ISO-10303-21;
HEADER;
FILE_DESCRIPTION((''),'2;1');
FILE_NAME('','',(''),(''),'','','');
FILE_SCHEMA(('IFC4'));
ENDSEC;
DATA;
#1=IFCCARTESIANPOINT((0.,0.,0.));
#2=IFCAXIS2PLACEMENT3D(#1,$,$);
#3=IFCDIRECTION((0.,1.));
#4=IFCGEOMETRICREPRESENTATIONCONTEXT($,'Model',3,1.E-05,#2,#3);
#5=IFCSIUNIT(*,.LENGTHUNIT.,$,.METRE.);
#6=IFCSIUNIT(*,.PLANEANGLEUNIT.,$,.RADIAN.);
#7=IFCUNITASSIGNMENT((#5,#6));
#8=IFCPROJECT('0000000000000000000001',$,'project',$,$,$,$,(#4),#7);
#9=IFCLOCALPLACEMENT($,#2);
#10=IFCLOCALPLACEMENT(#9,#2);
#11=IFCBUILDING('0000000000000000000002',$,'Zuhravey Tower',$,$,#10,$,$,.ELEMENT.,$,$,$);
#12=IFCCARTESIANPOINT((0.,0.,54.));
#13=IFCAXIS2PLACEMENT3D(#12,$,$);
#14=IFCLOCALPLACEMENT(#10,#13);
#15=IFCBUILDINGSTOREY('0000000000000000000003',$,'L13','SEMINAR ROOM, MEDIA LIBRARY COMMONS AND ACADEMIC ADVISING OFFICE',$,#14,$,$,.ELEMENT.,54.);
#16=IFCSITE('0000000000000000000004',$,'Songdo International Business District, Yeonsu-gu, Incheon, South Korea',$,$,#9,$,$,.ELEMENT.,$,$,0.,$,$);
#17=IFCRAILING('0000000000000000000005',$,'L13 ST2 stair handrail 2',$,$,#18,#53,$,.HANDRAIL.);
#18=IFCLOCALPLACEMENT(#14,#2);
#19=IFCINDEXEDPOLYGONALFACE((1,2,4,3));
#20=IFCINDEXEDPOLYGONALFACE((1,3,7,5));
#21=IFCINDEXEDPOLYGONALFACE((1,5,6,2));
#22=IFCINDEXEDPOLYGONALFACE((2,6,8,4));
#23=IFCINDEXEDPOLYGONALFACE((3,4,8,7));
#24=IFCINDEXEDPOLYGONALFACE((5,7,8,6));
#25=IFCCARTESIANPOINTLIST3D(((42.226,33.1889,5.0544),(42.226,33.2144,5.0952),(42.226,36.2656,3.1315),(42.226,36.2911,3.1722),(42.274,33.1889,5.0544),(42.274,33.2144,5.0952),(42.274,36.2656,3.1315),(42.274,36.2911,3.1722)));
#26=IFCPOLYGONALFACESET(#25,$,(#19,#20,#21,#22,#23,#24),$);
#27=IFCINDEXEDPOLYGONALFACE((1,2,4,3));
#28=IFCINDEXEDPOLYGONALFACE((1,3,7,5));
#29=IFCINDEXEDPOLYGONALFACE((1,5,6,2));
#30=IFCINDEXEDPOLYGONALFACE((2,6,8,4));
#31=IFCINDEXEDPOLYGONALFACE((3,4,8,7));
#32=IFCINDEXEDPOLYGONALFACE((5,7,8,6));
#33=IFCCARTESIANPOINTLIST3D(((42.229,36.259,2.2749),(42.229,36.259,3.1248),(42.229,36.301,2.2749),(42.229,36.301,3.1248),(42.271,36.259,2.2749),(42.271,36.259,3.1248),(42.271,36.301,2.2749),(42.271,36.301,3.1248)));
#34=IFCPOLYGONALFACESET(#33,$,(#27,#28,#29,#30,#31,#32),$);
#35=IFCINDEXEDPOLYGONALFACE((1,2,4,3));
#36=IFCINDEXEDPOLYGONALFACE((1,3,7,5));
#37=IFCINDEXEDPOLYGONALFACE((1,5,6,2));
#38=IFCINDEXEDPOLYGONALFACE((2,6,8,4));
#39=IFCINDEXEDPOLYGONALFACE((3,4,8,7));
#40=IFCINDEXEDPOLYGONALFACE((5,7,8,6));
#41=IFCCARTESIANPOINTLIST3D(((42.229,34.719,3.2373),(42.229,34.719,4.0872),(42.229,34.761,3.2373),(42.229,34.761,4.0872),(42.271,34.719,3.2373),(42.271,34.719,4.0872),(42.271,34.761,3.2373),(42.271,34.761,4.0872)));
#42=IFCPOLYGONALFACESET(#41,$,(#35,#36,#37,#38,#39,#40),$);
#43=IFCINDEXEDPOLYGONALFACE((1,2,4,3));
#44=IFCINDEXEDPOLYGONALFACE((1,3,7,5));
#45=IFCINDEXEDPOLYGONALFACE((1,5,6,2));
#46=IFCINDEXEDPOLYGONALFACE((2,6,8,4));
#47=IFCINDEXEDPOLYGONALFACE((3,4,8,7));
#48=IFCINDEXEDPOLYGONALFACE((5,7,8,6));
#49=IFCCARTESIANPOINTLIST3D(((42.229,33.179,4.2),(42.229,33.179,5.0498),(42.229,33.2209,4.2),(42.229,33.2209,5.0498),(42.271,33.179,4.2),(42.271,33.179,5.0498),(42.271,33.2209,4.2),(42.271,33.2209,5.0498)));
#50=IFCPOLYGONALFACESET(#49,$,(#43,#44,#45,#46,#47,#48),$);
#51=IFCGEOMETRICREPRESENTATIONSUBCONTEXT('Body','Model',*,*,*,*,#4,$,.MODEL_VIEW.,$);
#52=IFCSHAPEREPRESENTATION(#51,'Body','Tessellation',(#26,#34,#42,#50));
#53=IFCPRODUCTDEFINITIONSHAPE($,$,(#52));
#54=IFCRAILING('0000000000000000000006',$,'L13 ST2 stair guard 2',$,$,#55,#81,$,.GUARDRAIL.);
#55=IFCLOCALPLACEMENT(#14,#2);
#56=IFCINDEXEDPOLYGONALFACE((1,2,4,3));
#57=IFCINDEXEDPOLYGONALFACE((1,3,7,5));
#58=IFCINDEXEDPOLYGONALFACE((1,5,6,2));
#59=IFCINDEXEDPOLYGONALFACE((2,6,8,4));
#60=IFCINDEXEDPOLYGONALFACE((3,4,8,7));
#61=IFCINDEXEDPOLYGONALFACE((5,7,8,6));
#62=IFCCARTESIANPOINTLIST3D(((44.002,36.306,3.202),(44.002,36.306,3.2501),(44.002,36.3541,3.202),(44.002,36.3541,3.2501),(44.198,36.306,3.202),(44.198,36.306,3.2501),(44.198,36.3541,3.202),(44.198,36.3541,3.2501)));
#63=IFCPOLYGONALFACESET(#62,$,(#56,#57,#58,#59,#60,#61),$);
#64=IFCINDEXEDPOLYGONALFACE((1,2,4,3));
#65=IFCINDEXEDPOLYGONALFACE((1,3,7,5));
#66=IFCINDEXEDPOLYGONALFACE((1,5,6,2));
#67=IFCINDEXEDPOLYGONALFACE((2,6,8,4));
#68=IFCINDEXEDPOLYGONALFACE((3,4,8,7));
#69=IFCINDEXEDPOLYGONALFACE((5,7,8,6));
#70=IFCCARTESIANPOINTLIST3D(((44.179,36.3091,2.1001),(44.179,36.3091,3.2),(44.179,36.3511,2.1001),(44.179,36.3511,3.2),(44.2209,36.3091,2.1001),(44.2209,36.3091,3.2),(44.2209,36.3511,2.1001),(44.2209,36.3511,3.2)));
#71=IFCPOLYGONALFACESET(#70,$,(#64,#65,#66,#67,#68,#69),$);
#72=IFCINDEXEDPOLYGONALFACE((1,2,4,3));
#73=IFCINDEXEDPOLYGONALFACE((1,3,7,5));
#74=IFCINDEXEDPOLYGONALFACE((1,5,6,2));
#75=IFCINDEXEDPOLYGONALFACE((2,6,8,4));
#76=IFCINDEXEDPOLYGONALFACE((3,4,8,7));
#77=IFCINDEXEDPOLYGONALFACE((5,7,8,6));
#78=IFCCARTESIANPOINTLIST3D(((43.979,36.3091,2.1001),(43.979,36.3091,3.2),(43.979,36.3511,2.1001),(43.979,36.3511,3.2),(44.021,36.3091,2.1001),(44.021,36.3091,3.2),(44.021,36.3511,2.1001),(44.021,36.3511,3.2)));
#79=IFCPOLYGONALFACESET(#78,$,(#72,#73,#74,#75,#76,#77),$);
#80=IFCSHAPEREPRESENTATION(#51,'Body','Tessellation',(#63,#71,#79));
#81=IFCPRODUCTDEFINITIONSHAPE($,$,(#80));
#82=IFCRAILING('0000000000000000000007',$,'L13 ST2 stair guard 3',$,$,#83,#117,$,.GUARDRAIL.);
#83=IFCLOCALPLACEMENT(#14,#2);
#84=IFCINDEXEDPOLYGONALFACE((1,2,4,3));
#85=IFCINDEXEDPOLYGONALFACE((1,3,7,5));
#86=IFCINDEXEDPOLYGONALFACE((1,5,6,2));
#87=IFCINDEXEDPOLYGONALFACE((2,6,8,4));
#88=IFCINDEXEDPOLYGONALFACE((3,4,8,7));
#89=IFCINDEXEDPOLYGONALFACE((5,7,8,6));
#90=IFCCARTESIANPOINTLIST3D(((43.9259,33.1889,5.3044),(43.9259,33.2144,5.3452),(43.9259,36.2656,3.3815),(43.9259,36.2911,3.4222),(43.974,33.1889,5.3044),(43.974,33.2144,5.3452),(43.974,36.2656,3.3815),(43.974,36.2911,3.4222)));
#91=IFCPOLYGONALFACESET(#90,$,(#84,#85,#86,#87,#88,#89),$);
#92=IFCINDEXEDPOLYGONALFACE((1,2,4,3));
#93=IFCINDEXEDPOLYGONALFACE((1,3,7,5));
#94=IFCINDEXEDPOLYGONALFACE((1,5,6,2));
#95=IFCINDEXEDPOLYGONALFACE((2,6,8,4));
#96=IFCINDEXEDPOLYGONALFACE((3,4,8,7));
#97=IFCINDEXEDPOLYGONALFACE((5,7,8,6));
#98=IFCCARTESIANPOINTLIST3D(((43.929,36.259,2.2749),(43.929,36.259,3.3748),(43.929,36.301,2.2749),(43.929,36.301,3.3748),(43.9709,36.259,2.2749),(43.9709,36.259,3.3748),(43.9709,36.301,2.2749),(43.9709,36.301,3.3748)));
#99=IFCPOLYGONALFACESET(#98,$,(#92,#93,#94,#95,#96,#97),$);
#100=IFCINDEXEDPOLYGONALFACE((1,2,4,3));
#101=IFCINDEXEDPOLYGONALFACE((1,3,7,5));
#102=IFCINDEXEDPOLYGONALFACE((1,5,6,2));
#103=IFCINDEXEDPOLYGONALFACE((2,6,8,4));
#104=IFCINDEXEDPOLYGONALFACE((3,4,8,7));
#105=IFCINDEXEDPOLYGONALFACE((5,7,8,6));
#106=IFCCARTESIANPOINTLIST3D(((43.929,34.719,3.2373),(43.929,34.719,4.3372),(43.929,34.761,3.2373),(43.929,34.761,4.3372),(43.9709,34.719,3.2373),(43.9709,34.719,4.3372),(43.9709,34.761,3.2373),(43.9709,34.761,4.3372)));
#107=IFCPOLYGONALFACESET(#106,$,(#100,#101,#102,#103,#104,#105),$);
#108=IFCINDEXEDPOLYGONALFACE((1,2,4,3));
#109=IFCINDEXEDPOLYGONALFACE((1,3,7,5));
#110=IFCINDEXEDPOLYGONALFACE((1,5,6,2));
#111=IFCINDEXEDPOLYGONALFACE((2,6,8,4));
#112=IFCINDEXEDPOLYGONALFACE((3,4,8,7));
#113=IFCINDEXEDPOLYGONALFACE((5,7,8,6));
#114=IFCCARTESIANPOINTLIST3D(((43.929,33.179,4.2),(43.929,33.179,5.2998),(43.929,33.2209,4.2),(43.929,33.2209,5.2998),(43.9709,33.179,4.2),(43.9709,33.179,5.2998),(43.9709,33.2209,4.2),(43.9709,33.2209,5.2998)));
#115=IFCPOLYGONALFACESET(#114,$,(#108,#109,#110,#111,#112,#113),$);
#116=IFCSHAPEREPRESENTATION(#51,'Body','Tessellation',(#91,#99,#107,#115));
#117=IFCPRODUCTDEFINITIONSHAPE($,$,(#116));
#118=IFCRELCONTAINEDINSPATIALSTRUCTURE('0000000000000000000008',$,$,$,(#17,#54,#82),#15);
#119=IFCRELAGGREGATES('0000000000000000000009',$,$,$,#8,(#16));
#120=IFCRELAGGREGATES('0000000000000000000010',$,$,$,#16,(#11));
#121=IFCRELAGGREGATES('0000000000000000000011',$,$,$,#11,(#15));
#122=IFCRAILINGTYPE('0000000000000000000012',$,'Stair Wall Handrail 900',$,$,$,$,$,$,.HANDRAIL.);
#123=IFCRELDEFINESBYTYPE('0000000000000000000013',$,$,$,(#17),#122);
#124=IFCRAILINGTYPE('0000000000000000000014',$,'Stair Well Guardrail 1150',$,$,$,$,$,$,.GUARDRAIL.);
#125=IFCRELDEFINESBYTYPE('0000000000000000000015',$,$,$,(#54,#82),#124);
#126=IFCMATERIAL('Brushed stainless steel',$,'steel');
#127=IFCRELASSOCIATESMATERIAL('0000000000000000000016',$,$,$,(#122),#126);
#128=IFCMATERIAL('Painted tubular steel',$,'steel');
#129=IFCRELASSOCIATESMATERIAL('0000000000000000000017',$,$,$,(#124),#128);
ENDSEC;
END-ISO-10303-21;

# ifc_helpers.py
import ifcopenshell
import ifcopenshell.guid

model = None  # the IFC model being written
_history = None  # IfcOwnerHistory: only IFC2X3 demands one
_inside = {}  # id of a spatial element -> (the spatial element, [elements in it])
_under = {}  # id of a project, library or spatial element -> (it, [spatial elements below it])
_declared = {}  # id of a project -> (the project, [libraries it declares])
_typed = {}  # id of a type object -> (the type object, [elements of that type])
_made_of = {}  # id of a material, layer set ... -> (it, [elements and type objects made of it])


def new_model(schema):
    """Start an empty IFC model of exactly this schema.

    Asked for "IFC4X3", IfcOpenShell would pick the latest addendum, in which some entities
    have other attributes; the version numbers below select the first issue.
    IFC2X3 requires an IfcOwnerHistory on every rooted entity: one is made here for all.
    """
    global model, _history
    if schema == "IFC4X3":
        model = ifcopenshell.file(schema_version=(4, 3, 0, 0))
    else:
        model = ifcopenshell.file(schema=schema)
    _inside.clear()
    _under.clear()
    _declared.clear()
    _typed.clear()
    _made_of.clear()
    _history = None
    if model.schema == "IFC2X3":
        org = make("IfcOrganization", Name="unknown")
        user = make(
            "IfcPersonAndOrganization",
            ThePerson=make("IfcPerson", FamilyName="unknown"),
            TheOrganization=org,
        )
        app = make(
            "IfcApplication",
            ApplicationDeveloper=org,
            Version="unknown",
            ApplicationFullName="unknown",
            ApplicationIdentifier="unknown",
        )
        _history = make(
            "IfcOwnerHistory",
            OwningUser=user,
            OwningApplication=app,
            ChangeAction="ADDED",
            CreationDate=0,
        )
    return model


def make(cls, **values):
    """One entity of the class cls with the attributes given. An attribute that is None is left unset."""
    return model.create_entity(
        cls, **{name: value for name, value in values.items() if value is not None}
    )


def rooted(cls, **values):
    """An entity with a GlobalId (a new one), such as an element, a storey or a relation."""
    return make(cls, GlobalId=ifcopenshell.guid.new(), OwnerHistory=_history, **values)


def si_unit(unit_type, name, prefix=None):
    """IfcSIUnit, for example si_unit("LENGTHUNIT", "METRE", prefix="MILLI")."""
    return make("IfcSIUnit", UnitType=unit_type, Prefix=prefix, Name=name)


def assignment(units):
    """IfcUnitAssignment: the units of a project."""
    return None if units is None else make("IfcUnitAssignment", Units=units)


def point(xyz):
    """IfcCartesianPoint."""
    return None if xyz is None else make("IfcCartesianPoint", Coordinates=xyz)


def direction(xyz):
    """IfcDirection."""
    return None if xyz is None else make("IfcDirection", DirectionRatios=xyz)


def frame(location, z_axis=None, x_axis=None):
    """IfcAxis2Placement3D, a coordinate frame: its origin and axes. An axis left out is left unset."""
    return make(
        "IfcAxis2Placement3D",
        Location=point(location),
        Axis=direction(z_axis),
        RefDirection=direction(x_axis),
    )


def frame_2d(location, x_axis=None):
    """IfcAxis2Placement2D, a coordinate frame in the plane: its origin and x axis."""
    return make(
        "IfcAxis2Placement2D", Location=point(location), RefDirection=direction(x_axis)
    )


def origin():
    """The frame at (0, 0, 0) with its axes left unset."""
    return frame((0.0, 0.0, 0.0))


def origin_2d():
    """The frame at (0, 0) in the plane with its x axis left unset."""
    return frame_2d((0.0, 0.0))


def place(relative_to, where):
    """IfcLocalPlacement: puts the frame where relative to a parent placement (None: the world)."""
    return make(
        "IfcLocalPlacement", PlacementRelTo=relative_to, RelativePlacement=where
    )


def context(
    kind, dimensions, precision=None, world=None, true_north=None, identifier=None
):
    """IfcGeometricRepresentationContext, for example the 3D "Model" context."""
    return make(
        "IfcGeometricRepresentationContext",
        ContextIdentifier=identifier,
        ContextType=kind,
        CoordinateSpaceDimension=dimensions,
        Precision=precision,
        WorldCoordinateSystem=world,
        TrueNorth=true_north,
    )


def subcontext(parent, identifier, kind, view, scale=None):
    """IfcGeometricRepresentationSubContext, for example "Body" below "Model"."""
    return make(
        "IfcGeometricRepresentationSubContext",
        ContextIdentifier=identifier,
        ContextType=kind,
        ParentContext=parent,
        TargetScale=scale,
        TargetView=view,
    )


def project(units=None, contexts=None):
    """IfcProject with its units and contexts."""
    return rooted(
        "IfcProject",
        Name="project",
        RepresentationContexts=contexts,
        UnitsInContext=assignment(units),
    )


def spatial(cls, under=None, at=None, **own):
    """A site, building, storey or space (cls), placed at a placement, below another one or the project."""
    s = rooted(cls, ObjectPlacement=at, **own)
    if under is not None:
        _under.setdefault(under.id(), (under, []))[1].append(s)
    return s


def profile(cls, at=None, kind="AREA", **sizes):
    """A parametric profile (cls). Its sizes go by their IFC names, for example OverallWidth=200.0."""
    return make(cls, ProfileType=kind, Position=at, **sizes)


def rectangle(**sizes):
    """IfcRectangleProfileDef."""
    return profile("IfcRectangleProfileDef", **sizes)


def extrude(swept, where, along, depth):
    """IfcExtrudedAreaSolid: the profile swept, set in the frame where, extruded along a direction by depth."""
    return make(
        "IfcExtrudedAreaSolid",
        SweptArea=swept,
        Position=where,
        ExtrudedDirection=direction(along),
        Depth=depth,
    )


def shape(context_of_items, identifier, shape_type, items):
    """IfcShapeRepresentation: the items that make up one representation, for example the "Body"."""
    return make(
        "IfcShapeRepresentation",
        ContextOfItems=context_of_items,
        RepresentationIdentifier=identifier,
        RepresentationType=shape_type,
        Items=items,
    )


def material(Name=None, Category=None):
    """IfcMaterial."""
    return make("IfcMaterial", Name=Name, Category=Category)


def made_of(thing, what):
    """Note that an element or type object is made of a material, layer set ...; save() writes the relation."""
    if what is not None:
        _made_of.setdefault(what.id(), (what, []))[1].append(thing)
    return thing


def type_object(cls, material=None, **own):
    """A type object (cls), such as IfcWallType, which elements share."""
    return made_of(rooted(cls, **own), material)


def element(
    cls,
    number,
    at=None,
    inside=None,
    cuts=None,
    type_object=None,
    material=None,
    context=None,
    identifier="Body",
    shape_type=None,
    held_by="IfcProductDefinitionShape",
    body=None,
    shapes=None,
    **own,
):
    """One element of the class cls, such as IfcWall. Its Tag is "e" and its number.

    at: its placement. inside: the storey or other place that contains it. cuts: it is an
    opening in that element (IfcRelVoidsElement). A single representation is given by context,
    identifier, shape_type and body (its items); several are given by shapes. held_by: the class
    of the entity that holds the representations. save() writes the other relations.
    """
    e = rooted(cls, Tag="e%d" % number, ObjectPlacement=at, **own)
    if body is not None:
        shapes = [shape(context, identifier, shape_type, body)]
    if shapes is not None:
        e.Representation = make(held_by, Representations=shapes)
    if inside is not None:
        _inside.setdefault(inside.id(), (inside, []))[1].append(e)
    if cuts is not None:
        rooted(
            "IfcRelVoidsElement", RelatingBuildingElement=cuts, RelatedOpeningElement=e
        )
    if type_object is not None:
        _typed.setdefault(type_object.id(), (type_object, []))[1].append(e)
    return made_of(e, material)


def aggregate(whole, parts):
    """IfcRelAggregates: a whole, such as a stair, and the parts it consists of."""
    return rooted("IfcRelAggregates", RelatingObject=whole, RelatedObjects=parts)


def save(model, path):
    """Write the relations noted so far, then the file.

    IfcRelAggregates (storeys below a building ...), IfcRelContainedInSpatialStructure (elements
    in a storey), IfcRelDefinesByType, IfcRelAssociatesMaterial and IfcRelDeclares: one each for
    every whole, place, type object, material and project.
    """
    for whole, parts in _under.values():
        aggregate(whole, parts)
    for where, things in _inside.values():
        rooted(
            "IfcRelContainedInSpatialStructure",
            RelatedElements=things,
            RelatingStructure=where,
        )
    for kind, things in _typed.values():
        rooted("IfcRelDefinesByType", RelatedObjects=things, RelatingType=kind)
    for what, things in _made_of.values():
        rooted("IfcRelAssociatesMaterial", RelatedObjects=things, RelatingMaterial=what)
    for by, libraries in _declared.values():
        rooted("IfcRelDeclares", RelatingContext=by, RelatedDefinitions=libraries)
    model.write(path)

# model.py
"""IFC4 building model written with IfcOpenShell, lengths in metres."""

from ifc_helpers import new_model, si_unit, direction, frame, origin, origin_2d, place, context, subcontext, project, spatial, rectangle, extrude, material, type_object, element, save


model = new_model("IFC4")

# Units and contexts
model_context = context("Model", 3, precision=1e-05, world=origin(), true_north=direction((0.0, 1.0)))
body_context = subcontext(model_context, "Body", "Model", "MODEL_VIEW")
ifc_project = project(units=[si_unit("LENGTHUNIT", "METRE"), si_unit("PLANEANGLEUNIT", "RADIAN")], contexts=[model_context])

# Site, building, storey
site_placement = place(None, origin())
site = spatial("IfcSite", under=ifc_project, at=site_placement, Name="Songdo International Business District, Yeonsu-gu, Incheon, South Korea", CompositionType="ELEMENT", RefElevation=0.0)
building_placement = place(site_placement, origin())
building = spatial("IfcBuilding", under=site, at=building_placement, Name="Zuhravey Tower", CompositionType="ELEMENT")
storey_placement = place(building_placement, frame((0.0, 0.0, 54.0)))
storey = spatial("IfcBuildingStorey", under=building, at=storey_placement, Name="L13", Description="SEMINAR ROOM, MEDIA LIBRARY COMMONS AND ACADEMIC ADVISING OFFICE", CompositionType="ELEMENT", Elevation=54.0)

# Railings
ifc_material_1 = material(Name="Brushed stainless steel", Category="steel")
railing_type_1 = type_object("IfcRailingType", Name="Stair Wall Handrail 900", PredefinedType="HANDRAIL", material=ifc_material_1)
railing_1_placement = place(storey_placement, frame((42.25, 36.28, 2.2749)))
element("IfcRailing", 1, at=railing_1_placement, inside=storey, type_object=railing_type_1, Name="L13 ST2 stair handrail 2", PredefinedType="HANDRAIL", context=body_context, shape_type="SweptSolid", body=[
    extrude(rectangle(XDim=0.0481, YDim=0.0481, at=origin_2d()), frame((0.0, -0.0017, 0.877), z_axis=(0.0, -0.847998, 0.529999), x_axis=(1.0, 0.0, 0.0)), (0.0, 0.0, 1.0), 3.6282),
    extrude(rectangle(XDim=0.042, YDim=0.042, at=origin_2d()), origin(), (0.0, 0.0, 1.0), 0.8499),
    extrude(rectangle(XDim=0.042, YDim=0.042, at=origin_2d()), frame((0.0, -1.54, 0.9624)), (0.0, 0.0, 1.0), 0.8499),
    extrude(rectangle(XDim=0.042, YDim=0.042, at=origin_2d()), frame((0.0, -3.0801, 1.925)), (0.0, 0.0, 1.0), 0.8499),
])
ifc_material_2 = material(Name="Painted tubular steel", Category="steel")
railing_type_2 = type_object("IfcRailingType", Name="Stair Well Guardrail 1150", PredefinedType="GUARDRAIL", material=ifc_material_2)
railing_2_placement = place(storey_placement, frame((44.2, 36.3301, 2.1001)))
element("IfcRailing", 2, at=railing_2_placement, inside=storey, type_object=railing_type_2, Name="L13 ST2 stair guard 2", PredefinedType="GUARDRAIL", context=body_context, shape_type="SweptSolid", body=[
    extrude(rectangle(XDim=0.0481, YDim=0.0481, at=origin_2d()), frame((-0.002, 0.0, 1.126), z_axis=(-1.0, 0.0, 0.0), x_axis=(0.0, -1.0, 0.0)), (0.0, 0.0, 1.0), 0.196),
    extrude(rectangle(XDim=0.042, YDim=0.042, at=origin_2d()), origin(), (0.0, 0.0, 1.0), 1.0999),
    extrude(rectangle(XDim=0.042, YDim=0.042, at=origin_2d()), frame((-0.2, 0.0, 0.0)), (0.0, 0.0, 1.0), 1.0999),
])
railing_3_placement = place(storey_placement, frame((43.95, 36.28, 2.2749)))
element("IfcRailing", 3, at=railing_3_placement, inside=storey, type_object=railing_type_2, Name="L13 ST2 stair guard 3", PredefinedType="GUARDRAIL", context=body_context, shape_type="SweptSolid", body=[
    extrude(rectangle(XDim=0.0481, YDim=0.0481, at=origin_2d()), frame((0.0, -0.0017, 1.127), z_axis=(0.0, -0.847998, 0.529999), x_axis=(1.0, 0.0, 0.0)), (0.0, 0.0, 1.0), 3.6282),
    extrude(rectangle(XDim=0.042, YDim=0.042, at=origin_2d()), origin(), (0.0, 0.0, 1.0), 1.0999),
    extrude(rectangle(XDim=0.042, YDim=0.042, at=origin_2d()), frame((0.0, -1.54, 0.9624)), (0.0, 0.0, 1.0), 1.0999),
    extrude(rectangle(XDim=0.042, YDim=0.042, at=origin_2d()), frame((0.0, -3.0801, 1.925)), (0.0, 0.0, 1.0), 1.0999),
])

save(model, "model.ifc")
